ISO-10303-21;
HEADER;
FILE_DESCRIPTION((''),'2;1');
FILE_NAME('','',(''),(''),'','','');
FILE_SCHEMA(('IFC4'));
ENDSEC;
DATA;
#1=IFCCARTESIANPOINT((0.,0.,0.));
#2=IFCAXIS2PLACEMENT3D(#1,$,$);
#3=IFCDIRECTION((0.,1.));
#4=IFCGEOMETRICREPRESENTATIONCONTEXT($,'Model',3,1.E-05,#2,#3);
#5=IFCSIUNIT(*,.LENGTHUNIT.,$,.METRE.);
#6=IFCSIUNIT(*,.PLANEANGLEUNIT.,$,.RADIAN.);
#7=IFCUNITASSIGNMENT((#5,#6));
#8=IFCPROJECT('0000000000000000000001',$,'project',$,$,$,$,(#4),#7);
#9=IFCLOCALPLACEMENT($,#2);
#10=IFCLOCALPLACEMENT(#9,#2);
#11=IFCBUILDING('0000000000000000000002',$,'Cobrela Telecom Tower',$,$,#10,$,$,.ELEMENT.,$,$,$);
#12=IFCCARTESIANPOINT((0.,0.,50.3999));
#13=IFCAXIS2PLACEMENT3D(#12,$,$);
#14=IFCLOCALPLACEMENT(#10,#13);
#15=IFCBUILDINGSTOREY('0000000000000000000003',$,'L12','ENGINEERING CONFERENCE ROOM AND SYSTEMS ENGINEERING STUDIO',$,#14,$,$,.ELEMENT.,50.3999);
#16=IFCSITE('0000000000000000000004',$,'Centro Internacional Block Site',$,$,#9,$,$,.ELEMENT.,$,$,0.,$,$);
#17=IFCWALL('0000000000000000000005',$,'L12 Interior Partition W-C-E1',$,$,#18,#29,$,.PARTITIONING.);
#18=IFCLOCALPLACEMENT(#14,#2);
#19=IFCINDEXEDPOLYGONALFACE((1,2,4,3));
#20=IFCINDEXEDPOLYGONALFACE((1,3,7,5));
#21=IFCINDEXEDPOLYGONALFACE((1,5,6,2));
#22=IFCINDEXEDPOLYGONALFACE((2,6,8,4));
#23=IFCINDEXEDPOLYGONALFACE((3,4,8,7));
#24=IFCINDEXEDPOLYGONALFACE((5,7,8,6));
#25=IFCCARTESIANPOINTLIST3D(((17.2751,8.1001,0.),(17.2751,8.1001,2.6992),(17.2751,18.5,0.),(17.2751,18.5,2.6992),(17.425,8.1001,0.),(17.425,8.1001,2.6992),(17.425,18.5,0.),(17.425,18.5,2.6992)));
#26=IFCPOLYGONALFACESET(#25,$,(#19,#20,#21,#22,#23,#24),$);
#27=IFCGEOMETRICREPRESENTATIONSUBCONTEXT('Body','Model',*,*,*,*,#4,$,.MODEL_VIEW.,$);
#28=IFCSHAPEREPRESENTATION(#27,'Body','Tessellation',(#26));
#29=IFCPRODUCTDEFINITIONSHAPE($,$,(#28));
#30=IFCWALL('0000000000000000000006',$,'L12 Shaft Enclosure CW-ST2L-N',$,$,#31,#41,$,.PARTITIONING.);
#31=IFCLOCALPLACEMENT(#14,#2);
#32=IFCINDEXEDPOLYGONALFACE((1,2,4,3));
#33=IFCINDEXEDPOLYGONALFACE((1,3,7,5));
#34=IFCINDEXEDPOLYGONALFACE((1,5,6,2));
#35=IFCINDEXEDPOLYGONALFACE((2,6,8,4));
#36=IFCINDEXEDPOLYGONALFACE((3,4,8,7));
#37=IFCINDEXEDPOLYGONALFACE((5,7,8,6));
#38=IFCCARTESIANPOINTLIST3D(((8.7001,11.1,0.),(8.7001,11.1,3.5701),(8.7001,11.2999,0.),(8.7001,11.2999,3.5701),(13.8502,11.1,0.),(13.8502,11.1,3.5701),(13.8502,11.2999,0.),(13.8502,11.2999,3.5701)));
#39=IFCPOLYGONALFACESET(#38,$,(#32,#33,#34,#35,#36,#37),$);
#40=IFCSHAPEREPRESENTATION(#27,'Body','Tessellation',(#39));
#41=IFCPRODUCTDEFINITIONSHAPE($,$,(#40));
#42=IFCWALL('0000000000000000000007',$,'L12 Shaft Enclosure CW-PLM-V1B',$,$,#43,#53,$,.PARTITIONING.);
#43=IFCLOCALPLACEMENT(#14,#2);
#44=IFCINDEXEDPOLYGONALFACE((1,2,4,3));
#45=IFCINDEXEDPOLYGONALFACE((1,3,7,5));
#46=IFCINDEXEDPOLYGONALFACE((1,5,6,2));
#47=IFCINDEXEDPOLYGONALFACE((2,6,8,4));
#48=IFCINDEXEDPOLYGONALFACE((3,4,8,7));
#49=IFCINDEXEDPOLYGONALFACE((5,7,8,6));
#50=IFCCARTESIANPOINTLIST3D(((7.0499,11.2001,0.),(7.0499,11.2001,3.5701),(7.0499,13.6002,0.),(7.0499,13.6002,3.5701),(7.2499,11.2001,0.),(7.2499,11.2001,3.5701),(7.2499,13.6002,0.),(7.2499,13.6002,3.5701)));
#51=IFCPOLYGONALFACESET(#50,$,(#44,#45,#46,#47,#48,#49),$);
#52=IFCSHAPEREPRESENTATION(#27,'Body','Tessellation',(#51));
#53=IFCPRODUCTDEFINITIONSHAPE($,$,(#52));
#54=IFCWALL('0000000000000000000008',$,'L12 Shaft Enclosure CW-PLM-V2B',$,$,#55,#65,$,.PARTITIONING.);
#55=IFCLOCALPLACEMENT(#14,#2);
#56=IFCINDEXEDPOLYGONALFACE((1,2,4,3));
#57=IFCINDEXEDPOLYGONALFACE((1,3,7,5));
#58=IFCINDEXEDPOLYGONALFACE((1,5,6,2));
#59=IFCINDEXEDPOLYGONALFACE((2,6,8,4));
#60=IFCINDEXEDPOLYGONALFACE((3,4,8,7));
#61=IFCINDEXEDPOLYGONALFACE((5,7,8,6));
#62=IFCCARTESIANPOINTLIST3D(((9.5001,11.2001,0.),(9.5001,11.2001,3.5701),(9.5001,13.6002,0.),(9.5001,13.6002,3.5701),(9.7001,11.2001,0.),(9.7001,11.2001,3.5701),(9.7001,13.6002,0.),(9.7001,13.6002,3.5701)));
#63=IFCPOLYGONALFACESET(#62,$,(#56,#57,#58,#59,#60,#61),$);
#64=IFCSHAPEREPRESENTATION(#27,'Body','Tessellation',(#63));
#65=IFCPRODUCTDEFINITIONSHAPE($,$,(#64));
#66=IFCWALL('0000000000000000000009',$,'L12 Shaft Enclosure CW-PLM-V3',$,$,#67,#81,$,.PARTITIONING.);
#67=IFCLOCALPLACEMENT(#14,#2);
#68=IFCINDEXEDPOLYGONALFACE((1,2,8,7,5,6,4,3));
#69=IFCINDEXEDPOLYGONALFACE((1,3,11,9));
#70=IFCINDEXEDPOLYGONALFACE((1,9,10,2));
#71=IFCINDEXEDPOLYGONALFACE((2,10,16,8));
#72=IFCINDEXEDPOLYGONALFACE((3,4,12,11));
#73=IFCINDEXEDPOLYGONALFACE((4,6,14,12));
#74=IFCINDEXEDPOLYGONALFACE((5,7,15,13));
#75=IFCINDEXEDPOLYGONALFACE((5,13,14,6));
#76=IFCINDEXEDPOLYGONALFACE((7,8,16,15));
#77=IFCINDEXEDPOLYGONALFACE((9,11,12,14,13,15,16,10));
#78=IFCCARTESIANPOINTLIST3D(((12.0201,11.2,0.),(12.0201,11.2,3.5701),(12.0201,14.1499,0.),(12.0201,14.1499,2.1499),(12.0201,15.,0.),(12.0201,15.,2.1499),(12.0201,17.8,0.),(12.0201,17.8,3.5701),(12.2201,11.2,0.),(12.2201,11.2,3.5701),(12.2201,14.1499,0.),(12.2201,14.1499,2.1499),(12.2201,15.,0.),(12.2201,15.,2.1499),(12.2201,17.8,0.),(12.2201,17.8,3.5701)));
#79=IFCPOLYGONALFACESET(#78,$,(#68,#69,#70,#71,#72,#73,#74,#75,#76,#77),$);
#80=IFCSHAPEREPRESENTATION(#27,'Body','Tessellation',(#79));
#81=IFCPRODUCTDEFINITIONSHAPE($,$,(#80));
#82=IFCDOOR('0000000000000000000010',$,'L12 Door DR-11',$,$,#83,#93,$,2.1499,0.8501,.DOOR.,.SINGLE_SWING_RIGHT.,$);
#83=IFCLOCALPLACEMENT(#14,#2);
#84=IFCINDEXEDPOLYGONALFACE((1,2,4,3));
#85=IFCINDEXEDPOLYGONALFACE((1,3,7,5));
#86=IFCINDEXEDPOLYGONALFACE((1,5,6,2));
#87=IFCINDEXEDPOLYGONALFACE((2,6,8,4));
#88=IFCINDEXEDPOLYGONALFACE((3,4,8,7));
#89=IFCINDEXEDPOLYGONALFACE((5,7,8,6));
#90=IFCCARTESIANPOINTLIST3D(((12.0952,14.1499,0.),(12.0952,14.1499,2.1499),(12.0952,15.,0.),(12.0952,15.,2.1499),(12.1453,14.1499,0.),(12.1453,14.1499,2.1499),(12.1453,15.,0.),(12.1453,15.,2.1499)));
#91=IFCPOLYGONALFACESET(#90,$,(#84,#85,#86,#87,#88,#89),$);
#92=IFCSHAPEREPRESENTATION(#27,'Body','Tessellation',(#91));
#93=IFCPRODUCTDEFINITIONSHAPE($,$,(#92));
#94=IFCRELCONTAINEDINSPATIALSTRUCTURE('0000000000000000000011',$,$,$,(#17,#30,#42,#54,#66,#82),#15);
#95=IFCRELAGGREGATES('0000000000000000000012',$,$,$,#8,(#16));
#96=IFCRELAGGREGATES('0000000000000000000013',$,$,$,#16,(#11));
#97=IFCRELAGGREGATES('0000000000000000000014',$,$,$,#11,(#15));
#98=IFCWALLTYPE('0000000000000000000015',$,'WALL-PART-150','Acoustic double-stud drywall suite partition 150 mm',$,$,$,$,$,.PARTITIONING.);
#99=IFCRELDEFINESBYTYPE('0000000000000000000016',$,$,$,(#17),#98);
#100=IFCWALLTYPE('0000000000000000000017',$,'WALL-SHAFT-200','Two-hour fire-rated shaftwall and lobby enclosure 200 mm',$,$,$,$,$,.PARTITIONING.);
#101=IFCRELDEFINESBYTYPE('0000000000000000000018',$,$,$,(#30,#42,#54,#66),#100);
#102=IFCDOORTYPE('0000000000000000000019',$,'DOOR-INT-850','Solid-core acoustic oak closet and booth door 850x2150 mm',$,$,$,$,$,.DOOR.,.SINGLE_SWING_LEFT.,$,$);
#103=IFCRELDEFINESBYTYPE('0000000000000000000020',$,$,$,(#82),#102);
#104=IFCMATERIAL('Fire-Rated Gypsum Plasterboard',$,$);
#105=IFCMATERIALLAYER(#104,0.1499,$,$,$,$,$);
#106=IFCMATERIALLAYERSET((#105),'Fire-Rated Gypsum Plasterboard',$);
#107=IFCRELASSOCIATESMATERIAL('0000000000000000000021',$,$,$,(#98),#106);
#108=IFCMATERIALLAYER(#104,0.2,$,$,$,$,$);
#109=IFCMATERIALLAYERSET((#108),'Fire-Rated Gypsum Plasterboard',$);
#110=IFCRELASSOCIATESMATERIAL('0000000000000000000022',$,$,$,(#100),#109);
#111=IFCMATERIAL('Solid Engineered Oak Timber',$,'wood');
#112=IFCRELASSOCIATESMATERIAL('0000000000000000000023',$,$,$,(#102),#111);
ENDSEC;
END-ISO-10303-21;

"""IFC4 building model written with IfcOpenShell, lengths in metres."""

from ifc_helpers import new_model, si_unit, direction, frame, frame_2d, origin, place, context, subcontext, project, spatial, rectangle, extrude, material, layer, layer_set, type_object, element, fill, save


model = new_model("IFC4")

# Units and contexts
model_context = context("Model", 3, precision=1e-05, world=origin(), true_north=direction((0.0, 1.0)))
body_context = subcontext(model_context, "Body", "Model", "MODEL_VIEW")
ifc_project = project(units=[si_unit("LENGTHUNIT", "METRE"), si_unit("PLANEANGLEUNIT", "RADIAN")], contexts=[model_context])

# Site, building, storey
site_placement = place(None, origin())
site = spatial("IfcSite", under=ifc_project, at=site_placement, Name="Centro Internacional Block Site", CompositionType="ELEMENT", RefElevation=0.0)
building_placement = place(site_placement, origin())
building = spatial("IfcBuilding", under=site, at=building_placement, Name="Cobrela Telecom Tower", CompositionType="ELEMENT")
storey_placement = place(building_placement, frame((0.0, 0.0, 50.3999)))
storey = spatial("IfcBuildingStorey", under=building, at=storey_placement, Name="L12", Description="ENGINEERING CONFERENCE ROOM AND SYSTEMS ENGINEERING STUDIO", CompositionType="ELEMENT", Elevation=50.3999)

# Shared definitions
ifc_material_1 = material(Name="Fire-Rated Gypsum Plasterboard")
ifc_layer_1 = layer(ifc_material_1, 0.1499)
ifc_layer_set_1 = layer_set([ifc_layer_1], Name="Fire-Rated Gypsum Plasterboard")
wall_type_1 = type_object("IfcWallType", Name="WALL-PART-150", Description="Acoustic double-stud drywall suite partition 150 mm", PredefinedType="PARTITIONING", material=ifc_layer_set_1)
ifc_material_2 = material(Name="Solid Engineered Oak Timber", Category="wood")

# Walls
wall_1_placement = place(storey_placement, frame((17.3501, 8.1001, 0.0), z_axis=(0.0, 0.0, 1.0), x_axis=(0.0, 1.0, 0.0)))
element("IfcWall", 1, at=wall_1_placement, inside=storey, type_object=wall_type_1, Name="L12 Interior Partition W-C-E1", PredefinedType="PARTITIONING", context=body_context, shape_type="SweptSolid", body=[
    extrude(rectangle(XDim=10.3999, YDim=0.1499, at=frame_2d((5.2, 0.0))), origin(), (0.0, 0.0, 1.0), 2.6992),
])
ifc_layer_2 = layer(ifc_material_1, 0.2)
ifc_layer_set_2 = layer_set([ifc_layer_2], Name="Fire-Rated Gypsum Plasterboard")
wall_type_2 = type_object("IfcWallType", Name="WALL-SHAFT-200", Description="Two-hour fire-rated shaftwall and lobby enclosure 200 mm", PredefinedType="PARTITIONING", material=ifc_layer_set_2)
wall_2_placement = place(storey_placement, frame((8.7, 11.2, 0.0), z_axis=(0.0, 0.0, 1.0), x_axis=(1.0, 0.0, 0.0)))
element("IfcWall", 2, at=wall_2_placement, inside=storey, type_object=wall_type_2, Name="L12 Shaft Enclosure CW-ST2L-N", PredefinedType="PARTITIONING", context=body_context, shape_type="SweptSolid", body=[
    extrude(rectangle(XDim=5.1501, YDim=0.2, at=frame_2d((2.5752, 0.0))), origin(), (0.0, 0.0, 1.0), 3.5701),
])
for number, where, z_axis, x_axis, name in (
    (3, (7.1499, 11.2, 0.0), (0.0, 0.0, 1.0), (0.0, 1.0, 0.0), "L12 Shaft Enclosure CW-PLM-V1B"),
    (4, (9.6001, 11.2, 0.0), (0.0, 0.0, 1.0), (0.0, 1.0, 0.0), "L12 Shaft Enclosure CW-PLM-V2B"),
):
    element("IfcWall", number, at=place(storey_placement, frame(where, z_axis=z_axis, x_axis=x_axis)), inside=storey, type_object=wall_type_2, Name=name, PredefinedType="PARTITIONING", context=body_context, shape_type="SweptSolid", body=[
        extrude(rectangle(XDim=2.4001, YDim=0.2, at=frame_2d((1.2002, 0.0))), origin(), (0.0, 0.0, 1.0), 3.5701),
    ])

# Wall, opening, door
wall_3_placement = place(storey_placement, frame((12.1201, 11.2, 0.0), z_axis=(0.0, 0.0, 1.0), x_axis=(0.0, 1.0, 0.0)))
wall_3 = element("IfcWall", 5, at=wall_3_placement, inside=storey, type_object=wall_type_2, Name="L12 Shaft Enclosure CW-PLM-V3", PredefinedType="PARTITIONING", context=body_context, shape_type="SweptSolid", body=[
    extrude(rectangle(XDim=6.6001, YDim=0.2, at=frame_2d((3.3, 0.0))), origin(), (0.0, 0.0, 1.0), 3.5701),
])
opening_1_placement = place(wall_3_placement, frame((2.95, 0.0, 0.0)))
opening_1 = element("IfcOpeningElement", 6, at=opening_1_placement, cuts=wall_3, PredefinedType="OPENING", context=body_context, shape_type="SweptSolid", body=[
    extrude(rectangle(XDim=0.8501, YDim=2.1499, at=frame_2d((0.425, 1.075))), frame((0.0, 0.1118, 0.0), z_axis=(0.0, -1.0, 0.0), x_axis=(1.0, 0.0, 0.0)), (0.0, 0.0, 1.0), 0.2239),
])
door_type_1 = type_object("IfcDoorType", Name="DOOR-INT-850", Description="Solid-core acoustic oak closet and booth door 850x2150 mm", OperationType="SINGLE_SWING_LEFT", PredefinedType="DOOR", material=ifc_material_2)
door_1_placement = place(opening_1_placement, origin())
door_1 = element("IfcDoor", 7, at=door_1_placement, inside=storey, type_object=door_type_1, Name="L12 Door DR-11", OperationType="SINGLE_SWING_RIGHT", OverallHeight=2.1499, OverallWidth=0.8501, PredefinedType="DOOR", context=body_context, shape_type="SweptSolid", body=[
    extrude(rectangle(XDim=0.8501, YDim=2.1499, at=frame_2d((0.425, 1.075))), frame((0.0, 0.0249, 0.0), z_axis=(0.0, -1.0, 0.0), x_axis=(1.0, 0.0, 0.0)), (0.0, 0.0, 1.0), 0.05),
])
fill(opening_1, door_1)

save(model, "model.ifc")
